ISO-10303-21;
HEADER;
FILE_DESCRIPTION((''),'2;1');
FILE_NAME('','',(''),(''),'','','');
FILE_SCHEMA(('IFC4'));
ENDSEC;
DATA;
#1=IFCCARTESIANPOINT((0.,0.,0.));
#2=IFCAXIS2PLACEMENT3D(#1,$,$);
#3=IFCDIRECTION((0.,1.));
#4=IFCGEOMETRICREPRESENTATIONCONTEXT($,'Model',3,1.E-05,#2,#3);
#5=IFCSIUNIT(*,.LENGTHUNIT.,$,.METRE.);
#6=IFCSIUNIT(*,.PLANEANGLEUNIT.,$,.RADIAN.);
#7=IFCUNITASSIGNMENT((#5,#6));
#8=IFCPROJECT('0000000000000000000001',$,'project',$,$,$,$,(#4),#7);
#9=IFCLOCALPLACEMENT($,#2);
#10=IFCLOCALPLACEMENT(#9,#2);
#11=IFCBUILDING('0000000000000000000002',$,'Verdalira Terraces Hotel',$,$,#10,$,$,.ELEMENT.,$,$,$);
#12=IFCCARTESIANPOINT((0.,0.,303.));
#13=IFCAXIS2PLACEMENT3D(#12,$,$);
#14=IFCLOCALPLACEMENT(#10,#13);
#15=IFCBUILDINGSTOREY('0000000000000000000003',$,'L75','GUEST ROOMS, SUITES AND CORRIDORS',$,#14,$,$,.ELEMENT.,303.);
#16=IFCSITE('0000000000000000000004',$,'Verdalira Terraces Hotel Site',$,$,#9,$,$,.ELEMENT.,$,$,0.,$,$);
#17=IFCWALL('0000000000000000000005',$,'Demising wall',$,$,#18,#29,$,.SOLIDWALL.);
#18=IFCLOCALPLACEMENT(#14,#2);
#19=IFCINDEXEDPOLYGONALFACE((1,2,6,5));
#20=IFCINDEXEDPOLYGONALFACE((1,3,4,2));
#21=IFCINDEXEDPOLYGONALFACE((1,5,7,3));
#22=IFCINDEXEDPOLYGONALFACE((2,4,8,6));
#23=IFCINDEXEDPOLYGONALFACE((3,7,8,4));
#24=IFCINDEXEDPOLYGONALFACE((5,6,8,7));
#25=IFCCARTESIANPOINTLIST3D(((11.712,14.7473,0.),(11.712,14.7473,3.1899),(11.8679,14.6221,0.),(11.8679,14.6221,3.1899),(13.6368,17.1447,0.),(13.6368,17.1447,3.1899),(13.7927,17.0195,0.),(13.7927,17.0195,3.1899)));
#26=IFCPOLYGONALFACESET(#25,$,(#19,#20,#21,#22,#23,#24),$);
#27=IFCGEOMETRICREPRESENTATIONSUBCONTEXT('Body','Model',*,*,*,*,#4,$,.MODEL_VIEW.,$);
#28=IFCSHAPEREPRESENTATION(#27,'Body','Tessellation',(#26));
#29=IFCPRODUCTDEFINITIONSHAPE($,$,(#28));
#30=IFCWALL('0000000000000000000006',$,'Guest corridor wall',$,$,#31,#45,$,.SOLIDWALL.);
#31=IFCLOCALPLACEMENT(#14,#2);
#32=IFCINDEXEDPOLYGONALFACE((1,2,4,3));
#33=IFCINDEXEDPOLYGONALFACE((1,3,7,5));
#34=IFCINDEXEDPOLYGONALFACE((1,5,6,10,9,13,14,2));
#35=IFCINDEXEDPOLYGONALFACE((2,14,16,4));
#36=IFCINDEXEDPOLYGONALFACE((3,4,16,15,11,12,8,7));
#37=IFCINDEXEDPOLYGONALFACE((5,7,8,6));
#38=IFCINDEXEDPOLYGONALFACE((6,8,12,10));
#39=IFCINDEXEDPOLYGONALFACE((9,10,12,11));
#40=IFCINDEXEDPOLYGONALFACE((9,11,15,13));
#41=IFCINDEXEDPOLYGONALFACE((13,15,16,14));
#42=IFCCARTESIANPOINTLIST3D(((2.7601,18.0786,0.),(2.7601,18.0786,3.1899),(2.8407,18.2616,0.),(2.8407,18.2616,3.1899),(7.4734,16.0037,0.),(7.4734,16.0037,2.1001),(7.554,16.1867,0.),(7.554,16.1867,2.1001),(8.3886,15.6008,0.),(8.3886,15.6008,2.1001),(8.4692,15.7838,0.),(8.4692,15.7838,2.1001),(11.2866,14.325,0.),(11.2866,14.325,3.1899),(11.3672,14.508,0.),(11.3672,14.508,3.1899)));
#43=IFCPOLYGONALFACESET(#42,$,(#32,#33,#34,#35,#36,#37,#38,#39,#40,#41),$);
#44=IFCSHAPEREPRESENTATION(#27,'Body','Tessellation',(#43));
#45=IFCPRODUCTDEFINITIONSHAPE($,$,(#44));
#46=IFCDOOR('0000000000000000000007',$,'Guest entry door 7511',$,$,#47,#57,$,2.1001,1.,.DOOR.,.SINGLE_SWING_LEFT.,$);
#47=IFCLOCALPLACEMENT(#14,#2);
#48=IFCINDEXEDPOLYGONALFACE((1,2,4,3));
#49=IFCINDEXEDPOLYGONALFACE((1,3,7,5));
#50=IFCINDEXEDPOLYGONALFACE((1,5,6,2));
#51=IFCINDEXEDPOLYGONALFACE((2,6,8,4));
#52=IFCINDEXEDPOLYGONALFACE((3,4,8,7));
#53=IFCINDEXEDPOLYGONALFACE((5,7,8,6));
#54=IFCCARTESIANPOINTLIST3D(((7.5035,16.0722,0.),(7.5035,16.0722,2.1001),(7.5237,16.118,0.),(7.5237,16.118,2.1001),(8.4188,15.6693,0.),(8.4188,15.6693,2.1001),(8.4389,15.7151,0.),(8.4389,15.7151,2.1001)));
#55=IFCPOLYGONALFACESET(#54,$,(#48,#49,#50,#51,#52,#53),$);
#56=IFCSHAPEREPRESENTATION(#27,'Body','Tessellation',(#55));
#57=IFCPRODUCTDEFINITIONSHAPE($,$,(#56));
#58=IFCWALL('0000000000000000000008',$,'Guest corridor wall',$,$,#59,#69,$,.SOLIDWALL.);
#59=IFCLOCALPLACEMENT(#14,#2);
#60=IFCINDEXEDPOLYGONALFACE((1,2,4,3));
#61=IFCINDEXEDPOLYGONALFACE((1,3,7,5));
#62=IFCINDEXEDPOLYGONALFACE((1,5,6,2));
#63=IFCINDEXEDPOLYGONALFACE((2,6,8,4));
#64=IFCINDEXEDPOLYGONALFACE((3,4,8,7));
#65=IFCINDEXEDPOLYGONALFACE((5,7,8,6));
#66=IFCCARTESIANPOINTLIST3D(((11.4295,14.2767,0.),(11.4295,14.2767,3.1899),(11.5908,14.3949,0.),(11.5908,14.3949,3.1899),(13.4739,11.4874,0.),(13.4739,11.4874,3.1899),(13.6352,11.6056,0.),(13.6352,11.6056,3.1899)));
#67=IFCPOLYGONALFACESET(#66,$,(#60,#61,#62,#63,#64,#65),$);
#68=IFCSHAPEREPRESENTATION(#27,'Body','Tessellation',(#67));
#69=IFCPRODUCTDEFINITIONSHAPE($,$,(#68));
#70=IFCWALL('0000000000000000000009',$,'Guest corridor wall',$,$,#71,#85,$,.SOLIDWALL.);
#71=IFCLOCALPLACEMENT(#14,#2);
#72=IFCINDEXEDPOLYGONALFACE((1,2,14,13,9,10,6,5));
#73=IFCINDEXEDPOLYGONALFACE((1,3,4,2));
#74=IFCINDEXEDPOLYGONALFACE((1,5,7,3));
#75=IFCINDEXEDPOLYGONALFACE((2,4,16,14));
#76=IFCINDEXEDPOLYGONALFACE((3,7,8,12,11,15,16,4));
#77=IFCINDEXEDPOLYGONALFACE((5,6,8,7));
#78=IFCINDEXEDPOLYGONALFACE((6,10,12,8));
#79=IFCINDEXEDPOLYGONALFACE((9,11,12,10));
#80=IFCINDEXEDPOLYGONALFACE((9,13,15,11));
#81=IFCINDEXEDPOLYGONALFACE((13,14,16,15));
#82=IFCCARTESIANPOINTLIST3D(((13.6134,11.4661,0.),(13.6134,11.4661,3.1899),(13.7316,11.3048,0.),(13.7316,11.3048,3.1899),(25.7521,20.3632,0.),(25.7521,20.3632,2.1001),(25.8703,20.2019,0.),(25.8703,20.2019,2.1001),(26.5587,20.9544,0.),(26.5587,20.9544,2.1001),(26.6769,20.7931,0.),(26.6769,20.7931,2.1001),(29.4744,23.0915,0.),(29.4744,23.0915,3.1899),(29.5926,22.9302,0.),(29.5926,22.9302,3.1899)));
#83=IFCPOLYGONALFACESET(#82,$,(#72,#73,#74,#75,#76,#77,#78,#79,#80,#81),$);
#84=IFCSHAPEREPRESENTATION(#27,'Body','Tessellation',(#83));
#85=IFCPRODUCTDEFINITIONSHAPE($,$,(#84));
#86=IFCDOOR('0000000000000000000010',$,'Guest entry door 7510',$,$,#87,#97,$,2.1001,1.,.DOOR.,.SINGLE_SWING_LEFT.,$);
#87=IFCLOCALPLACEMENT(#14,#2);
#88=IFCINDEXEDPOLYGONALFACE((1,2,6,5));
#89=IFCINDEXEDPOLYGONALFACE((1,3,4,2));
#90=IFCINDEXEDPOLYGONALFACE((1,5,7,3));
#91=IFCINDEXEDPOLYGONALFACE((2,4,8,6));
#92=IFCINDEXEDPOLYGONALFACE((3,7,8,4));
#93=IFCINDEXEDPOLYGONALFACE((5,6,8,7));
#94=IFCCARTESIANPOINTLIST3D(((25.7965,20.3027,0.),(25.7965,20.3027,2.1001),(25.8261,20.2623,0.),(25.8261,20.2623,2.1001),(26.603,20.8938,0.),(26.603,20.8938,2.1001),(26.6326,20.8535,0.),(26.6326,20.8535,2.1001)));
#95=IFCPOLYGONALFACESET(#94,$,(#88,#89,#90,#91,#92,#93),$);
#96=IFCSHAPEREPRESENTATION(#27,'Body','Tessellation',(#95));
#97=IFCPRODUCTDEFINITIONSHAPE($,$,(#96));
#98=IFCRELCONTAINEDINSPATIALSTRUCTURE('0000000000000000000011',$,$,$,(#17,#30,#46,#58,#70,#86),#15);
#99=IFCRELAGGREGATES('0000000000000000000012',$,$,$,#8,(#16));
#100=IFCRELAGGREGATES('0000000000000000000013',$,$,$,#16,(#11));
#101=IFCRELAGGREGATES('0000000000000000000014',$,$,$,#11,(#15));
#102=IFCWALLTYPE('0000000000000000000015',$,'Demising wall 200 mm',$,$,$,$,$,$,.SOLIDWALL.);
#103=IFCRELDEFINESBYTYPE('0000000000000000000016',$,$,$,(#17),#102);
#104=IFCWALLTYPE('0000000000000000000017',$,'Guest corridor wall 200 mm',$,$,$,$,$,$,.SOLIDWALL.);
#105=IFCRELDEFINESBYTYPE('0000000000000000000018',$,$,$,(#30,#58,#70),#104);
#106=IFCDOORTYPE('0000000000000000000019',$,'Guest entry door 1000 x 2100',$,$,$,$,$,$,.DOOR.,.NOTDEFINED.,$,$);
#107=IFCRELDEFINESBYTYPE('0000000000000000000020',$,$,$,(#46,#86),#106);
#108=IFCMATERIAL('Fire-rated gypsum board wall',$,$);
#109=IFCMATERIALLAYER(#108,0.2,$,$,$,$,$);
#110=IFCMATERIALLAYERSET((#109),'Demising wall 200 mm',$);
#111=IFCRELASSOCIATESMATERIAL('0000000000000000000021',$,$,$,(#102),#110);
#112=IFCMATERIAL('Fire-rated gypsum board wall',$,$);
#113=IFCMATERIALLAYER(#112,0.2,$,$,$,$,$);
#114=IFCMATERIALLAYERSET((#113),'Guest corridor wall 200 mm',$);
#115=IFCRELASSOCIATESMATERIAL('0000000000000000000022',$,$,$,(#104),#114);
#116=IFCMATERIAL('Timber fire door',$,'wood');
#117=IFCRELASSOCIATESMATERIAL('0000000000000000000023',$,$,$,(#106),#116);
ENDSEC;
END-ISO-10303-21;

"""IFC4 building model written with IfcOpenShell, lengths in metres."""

from ifc_helpers import new_model, si_unit, direction, frame, frame_2d, origin, place, context, subcontext, project, spatial, rectangle, extrude, material, layer, layer_set, type_object, element, fill, save


model = new_model("IFC4")

# Units and contexts
model_context = context("Model", 3, precision=1e-05, world=origin(), true_north=direction((0.0, 1.0)))
body_context = subcontext(model_context, "Body", "Model", "MODEL_VIEW")
ifc_project = project(units=[si_unit("LENGTHUNIT", "METRE"), si_unit("PLANEANGLEUNIT", "RADIAN")], contexts=[model_context])

# Site, building, storey
site_placement = place(None, origin())
site = spatial("IfcSite", under=ifc_project, at=site_placement, Name="Verdalira Terraces Hotel Site", CompositionType="ELEMENT", RefElevation=0.0)
building_placement = place(site_placement, origin())
building = spatial("IfcBuilding", under=site, at=building_placement, Name="Verdalira Terraces Hotel", CompositionType="ELEMENT")
storey_placement = place(building_placement, frame((0.0, 0.0, 303.0)))
storey = spatial("IfcBuildingStorey", under=building, at=storey_placement, Name="L75", Description="GUEST ROOMS, SUITES AND CORRIDORS", CompositionType="ELEMENT", Elevation=303.0)

# Wall
ifc_material_1 = material(Name="Fire-rated gypsum board wall")
ifc_layer_1 = layer(ifc_material_1, 0.2)
ifc_layer_set_1 = layer_set([ifc_layer_1], Name="Demising wall 200 mm")
wall_type_1 = type_object("IfcWallType", Name="Demising wall 200 mm", PredefinedType="SOLIDWALL", material=ifc_layer_set_1)
wall_1_placement = place(storey_placement, frame((11.79, 14.6848, 0.0), z_axis=(0.0, 0.0, 1.0), x_axis=(0.62605, 0.779783, 0.0)))
element("IfcWall", 1, at=wall_1_placement, inside=storey, type_object=wall_type_1, Name="Demising wall", PredefinedType="SOLIDWALL", context=body_context, shape_type="SweptSolid", body=[
    extrude(rectangle(XDim=3.0745, YDim=0.2, at=frame_2d((1.5371, 0.0))), origin(), (0.0, 0.0, 1.0), 3.1899),
])

# Wall, opening, door
ifc_material_2 = material(Name="Fire-rated gypsum board wall")
ifc_layer_2 = layer(ifc_material_2, 0.2)
ifc_layer_set_2 = layer_set([ifc_layer_2], Name="Guest corridor wall 200 mm")
wall_type_2 = type_object("IfcWallType", Name="Guest corridor wall 200 mm", PredefinedType="SOLIDWALL", material=ifc_layer_set_2)
wall_2_placement = place(storey_placement, frame((2.8003, 18.1702, 0.0), z_axis=(0.0, 0.0, 1.0), x_axis=(0.915238, -0.402914, 0.0)))
wall_2 = element("IfcWall", 2, at=wall_2_placement, inside=storey, type_object=wall_type_2, Name="Guest corridor wall", PredefinedType="SOLIDWALL", context=body_context, shape_type="SweptSolid", body=[
    extrude(rectangle(XDim=9.3162, YDim=0.2, at=frame_2d((4.6582, 0.0))), origin(), (0.0, 0.0, 1.0), 3.1899),
])
opening_1_placement = place(wall_2_placement, frame((5.1499, 0.0, 0.0)))
opening_1 = element("IfcOpeningElement", 3, at=opening_1_placement, cuts=wall_2, PredefinedType="OPENING", context=body_context, shape_type="SweptSolid", body=[
    extrude(rectangle(XDim=1.0, YDim=2.1001, at=frame_2d((0.5, 1.05))), frame((0.0, 0.1099, 0.0), z_axis=(0.0, -1.0, 0.0), x_axis=(1.0, 0.0, 0.0)), (0.0, 0.0, 1.0), 0.22),
])
ifc_material_3 = material(Name="Timber fire door", Category="wood")
door_type_1 = type_object("IfcDoorType", Name="Guest entry door 1000 x 2100", OperationType="NOTDEFINED", PredefinedType="DOOR", material=ifc_material_3)
door_1_placement = place(opening_1_placement, origin())
door_1 = element("IfcDoor", 4, at=door_1_placement, inside=storey, type_object=door_type_1, Name="Guest entry door 7511", OperationType="SINGLE_SWING_LEFT", OverallHeight=2.1001, OverallWidth=1.0, PredefinedType="DOOR", context=body_context, shape_type="SweptSolid", body=[
    extrude(rectangle(XDim=1.0, YDim=2.1001, at=frame_2d((0.5, 1.05))), frame((0.0, 0.0249, 0.0), z_axis=(0.0, -1.0, 0.0), x_axis=(1.0, 0.0, 0.0)), (0.0, 0.0, 1.0), 0.05),
])
fill(opening_1, door_1)

# Wall
wall_3_placement = place(storey_placement, frame((13.5544, 11.5466, 0.0), z_axis=(0.0, 0.0, 1.0), x_axis=(-0.591165, 0.806551, 0.0)))
element("IfcWall", 5, at=wall_3_placement, inside=storey, type_object=wall_type_2, Name="Guest corridor wall", PredefinedType="SOLIDWALL", context=body_context, shape_type="SweptSolid", body=[
    extrude(rectangle(XDim=3.4583, YDim=0.2, at=frame_2d((1.729, 0.0))), origin(), (0.0, 0.0, 1.0), 3.1899),
])

# Wall, opening, door
wall_4_placement = place(storey_placement, frame((13.6726, 11.3855, 0.0), z_axis=(0.0, 0.0, 1.0), x_axis=(0.80655, 0.591166, 0.0)))
wall_4 = element("IfcWall", 6, at=wall_4_placement, inside=storey, type_object=wall_type_2, Name="Guest corridor wall", PredefinedType="SOLIDWALL", context=body_context, shape_type="SweptSolid", body=[
    extrude(rectangle(XDim=19.6653, YDim=0.2, at=frame_2d((9.8325, 0.0))), origin(), (0.0, 0.0, 1.0), 3.1899),
])
opening_2_placement = place(wall_4_placement, frame((15.05, 0.0, 0.0)))
opening_2 = element("IfcOpeningElement", 7, at=opening_2_placement, cuts=wall_4, PredefinedType="OPENING", context=body_context, shape_type="SweptSolid", body=[
    extrude(rectangle(XDim=1.0, YDim=2.1001, at=frame_2d((0.5, 1.05))), frame((0.0, 0.1099, 0.0), z_axis=(0.0, -1.0, 0.0), x_axis=(1.0, 0.0, 0.0)), (0.0, 0.0, 1.0), 0.22),
])
door_2_placement = place(opening_2_placement, origin())
door_2 = element("IfcDoor", 8, at=door_2_placement, inside=storey, type_object=door_type_1, Name="Guest entry door 7510", OperationType="SINGLE_SWING_LEFT", OverallHeight=2.1001, OverallWidth=1.0, PredefinedType="DOOR", context=body_context, shape_type="SweptSolid", body=[
    extrude(rectangle(XDim=1.0, YDim=2.1001, at=frame_2d((0.5, 1.05))), frame((0.0, 0.0249, 0.0), z_axis=(0.0, -1.0, 0.0), x_axis=(1.0, 0.0, 0.0)), (0.0, 0.0, 1.0), 0.05),
])
fill(opening_2, door_2)

save(model, "model.ifc")
